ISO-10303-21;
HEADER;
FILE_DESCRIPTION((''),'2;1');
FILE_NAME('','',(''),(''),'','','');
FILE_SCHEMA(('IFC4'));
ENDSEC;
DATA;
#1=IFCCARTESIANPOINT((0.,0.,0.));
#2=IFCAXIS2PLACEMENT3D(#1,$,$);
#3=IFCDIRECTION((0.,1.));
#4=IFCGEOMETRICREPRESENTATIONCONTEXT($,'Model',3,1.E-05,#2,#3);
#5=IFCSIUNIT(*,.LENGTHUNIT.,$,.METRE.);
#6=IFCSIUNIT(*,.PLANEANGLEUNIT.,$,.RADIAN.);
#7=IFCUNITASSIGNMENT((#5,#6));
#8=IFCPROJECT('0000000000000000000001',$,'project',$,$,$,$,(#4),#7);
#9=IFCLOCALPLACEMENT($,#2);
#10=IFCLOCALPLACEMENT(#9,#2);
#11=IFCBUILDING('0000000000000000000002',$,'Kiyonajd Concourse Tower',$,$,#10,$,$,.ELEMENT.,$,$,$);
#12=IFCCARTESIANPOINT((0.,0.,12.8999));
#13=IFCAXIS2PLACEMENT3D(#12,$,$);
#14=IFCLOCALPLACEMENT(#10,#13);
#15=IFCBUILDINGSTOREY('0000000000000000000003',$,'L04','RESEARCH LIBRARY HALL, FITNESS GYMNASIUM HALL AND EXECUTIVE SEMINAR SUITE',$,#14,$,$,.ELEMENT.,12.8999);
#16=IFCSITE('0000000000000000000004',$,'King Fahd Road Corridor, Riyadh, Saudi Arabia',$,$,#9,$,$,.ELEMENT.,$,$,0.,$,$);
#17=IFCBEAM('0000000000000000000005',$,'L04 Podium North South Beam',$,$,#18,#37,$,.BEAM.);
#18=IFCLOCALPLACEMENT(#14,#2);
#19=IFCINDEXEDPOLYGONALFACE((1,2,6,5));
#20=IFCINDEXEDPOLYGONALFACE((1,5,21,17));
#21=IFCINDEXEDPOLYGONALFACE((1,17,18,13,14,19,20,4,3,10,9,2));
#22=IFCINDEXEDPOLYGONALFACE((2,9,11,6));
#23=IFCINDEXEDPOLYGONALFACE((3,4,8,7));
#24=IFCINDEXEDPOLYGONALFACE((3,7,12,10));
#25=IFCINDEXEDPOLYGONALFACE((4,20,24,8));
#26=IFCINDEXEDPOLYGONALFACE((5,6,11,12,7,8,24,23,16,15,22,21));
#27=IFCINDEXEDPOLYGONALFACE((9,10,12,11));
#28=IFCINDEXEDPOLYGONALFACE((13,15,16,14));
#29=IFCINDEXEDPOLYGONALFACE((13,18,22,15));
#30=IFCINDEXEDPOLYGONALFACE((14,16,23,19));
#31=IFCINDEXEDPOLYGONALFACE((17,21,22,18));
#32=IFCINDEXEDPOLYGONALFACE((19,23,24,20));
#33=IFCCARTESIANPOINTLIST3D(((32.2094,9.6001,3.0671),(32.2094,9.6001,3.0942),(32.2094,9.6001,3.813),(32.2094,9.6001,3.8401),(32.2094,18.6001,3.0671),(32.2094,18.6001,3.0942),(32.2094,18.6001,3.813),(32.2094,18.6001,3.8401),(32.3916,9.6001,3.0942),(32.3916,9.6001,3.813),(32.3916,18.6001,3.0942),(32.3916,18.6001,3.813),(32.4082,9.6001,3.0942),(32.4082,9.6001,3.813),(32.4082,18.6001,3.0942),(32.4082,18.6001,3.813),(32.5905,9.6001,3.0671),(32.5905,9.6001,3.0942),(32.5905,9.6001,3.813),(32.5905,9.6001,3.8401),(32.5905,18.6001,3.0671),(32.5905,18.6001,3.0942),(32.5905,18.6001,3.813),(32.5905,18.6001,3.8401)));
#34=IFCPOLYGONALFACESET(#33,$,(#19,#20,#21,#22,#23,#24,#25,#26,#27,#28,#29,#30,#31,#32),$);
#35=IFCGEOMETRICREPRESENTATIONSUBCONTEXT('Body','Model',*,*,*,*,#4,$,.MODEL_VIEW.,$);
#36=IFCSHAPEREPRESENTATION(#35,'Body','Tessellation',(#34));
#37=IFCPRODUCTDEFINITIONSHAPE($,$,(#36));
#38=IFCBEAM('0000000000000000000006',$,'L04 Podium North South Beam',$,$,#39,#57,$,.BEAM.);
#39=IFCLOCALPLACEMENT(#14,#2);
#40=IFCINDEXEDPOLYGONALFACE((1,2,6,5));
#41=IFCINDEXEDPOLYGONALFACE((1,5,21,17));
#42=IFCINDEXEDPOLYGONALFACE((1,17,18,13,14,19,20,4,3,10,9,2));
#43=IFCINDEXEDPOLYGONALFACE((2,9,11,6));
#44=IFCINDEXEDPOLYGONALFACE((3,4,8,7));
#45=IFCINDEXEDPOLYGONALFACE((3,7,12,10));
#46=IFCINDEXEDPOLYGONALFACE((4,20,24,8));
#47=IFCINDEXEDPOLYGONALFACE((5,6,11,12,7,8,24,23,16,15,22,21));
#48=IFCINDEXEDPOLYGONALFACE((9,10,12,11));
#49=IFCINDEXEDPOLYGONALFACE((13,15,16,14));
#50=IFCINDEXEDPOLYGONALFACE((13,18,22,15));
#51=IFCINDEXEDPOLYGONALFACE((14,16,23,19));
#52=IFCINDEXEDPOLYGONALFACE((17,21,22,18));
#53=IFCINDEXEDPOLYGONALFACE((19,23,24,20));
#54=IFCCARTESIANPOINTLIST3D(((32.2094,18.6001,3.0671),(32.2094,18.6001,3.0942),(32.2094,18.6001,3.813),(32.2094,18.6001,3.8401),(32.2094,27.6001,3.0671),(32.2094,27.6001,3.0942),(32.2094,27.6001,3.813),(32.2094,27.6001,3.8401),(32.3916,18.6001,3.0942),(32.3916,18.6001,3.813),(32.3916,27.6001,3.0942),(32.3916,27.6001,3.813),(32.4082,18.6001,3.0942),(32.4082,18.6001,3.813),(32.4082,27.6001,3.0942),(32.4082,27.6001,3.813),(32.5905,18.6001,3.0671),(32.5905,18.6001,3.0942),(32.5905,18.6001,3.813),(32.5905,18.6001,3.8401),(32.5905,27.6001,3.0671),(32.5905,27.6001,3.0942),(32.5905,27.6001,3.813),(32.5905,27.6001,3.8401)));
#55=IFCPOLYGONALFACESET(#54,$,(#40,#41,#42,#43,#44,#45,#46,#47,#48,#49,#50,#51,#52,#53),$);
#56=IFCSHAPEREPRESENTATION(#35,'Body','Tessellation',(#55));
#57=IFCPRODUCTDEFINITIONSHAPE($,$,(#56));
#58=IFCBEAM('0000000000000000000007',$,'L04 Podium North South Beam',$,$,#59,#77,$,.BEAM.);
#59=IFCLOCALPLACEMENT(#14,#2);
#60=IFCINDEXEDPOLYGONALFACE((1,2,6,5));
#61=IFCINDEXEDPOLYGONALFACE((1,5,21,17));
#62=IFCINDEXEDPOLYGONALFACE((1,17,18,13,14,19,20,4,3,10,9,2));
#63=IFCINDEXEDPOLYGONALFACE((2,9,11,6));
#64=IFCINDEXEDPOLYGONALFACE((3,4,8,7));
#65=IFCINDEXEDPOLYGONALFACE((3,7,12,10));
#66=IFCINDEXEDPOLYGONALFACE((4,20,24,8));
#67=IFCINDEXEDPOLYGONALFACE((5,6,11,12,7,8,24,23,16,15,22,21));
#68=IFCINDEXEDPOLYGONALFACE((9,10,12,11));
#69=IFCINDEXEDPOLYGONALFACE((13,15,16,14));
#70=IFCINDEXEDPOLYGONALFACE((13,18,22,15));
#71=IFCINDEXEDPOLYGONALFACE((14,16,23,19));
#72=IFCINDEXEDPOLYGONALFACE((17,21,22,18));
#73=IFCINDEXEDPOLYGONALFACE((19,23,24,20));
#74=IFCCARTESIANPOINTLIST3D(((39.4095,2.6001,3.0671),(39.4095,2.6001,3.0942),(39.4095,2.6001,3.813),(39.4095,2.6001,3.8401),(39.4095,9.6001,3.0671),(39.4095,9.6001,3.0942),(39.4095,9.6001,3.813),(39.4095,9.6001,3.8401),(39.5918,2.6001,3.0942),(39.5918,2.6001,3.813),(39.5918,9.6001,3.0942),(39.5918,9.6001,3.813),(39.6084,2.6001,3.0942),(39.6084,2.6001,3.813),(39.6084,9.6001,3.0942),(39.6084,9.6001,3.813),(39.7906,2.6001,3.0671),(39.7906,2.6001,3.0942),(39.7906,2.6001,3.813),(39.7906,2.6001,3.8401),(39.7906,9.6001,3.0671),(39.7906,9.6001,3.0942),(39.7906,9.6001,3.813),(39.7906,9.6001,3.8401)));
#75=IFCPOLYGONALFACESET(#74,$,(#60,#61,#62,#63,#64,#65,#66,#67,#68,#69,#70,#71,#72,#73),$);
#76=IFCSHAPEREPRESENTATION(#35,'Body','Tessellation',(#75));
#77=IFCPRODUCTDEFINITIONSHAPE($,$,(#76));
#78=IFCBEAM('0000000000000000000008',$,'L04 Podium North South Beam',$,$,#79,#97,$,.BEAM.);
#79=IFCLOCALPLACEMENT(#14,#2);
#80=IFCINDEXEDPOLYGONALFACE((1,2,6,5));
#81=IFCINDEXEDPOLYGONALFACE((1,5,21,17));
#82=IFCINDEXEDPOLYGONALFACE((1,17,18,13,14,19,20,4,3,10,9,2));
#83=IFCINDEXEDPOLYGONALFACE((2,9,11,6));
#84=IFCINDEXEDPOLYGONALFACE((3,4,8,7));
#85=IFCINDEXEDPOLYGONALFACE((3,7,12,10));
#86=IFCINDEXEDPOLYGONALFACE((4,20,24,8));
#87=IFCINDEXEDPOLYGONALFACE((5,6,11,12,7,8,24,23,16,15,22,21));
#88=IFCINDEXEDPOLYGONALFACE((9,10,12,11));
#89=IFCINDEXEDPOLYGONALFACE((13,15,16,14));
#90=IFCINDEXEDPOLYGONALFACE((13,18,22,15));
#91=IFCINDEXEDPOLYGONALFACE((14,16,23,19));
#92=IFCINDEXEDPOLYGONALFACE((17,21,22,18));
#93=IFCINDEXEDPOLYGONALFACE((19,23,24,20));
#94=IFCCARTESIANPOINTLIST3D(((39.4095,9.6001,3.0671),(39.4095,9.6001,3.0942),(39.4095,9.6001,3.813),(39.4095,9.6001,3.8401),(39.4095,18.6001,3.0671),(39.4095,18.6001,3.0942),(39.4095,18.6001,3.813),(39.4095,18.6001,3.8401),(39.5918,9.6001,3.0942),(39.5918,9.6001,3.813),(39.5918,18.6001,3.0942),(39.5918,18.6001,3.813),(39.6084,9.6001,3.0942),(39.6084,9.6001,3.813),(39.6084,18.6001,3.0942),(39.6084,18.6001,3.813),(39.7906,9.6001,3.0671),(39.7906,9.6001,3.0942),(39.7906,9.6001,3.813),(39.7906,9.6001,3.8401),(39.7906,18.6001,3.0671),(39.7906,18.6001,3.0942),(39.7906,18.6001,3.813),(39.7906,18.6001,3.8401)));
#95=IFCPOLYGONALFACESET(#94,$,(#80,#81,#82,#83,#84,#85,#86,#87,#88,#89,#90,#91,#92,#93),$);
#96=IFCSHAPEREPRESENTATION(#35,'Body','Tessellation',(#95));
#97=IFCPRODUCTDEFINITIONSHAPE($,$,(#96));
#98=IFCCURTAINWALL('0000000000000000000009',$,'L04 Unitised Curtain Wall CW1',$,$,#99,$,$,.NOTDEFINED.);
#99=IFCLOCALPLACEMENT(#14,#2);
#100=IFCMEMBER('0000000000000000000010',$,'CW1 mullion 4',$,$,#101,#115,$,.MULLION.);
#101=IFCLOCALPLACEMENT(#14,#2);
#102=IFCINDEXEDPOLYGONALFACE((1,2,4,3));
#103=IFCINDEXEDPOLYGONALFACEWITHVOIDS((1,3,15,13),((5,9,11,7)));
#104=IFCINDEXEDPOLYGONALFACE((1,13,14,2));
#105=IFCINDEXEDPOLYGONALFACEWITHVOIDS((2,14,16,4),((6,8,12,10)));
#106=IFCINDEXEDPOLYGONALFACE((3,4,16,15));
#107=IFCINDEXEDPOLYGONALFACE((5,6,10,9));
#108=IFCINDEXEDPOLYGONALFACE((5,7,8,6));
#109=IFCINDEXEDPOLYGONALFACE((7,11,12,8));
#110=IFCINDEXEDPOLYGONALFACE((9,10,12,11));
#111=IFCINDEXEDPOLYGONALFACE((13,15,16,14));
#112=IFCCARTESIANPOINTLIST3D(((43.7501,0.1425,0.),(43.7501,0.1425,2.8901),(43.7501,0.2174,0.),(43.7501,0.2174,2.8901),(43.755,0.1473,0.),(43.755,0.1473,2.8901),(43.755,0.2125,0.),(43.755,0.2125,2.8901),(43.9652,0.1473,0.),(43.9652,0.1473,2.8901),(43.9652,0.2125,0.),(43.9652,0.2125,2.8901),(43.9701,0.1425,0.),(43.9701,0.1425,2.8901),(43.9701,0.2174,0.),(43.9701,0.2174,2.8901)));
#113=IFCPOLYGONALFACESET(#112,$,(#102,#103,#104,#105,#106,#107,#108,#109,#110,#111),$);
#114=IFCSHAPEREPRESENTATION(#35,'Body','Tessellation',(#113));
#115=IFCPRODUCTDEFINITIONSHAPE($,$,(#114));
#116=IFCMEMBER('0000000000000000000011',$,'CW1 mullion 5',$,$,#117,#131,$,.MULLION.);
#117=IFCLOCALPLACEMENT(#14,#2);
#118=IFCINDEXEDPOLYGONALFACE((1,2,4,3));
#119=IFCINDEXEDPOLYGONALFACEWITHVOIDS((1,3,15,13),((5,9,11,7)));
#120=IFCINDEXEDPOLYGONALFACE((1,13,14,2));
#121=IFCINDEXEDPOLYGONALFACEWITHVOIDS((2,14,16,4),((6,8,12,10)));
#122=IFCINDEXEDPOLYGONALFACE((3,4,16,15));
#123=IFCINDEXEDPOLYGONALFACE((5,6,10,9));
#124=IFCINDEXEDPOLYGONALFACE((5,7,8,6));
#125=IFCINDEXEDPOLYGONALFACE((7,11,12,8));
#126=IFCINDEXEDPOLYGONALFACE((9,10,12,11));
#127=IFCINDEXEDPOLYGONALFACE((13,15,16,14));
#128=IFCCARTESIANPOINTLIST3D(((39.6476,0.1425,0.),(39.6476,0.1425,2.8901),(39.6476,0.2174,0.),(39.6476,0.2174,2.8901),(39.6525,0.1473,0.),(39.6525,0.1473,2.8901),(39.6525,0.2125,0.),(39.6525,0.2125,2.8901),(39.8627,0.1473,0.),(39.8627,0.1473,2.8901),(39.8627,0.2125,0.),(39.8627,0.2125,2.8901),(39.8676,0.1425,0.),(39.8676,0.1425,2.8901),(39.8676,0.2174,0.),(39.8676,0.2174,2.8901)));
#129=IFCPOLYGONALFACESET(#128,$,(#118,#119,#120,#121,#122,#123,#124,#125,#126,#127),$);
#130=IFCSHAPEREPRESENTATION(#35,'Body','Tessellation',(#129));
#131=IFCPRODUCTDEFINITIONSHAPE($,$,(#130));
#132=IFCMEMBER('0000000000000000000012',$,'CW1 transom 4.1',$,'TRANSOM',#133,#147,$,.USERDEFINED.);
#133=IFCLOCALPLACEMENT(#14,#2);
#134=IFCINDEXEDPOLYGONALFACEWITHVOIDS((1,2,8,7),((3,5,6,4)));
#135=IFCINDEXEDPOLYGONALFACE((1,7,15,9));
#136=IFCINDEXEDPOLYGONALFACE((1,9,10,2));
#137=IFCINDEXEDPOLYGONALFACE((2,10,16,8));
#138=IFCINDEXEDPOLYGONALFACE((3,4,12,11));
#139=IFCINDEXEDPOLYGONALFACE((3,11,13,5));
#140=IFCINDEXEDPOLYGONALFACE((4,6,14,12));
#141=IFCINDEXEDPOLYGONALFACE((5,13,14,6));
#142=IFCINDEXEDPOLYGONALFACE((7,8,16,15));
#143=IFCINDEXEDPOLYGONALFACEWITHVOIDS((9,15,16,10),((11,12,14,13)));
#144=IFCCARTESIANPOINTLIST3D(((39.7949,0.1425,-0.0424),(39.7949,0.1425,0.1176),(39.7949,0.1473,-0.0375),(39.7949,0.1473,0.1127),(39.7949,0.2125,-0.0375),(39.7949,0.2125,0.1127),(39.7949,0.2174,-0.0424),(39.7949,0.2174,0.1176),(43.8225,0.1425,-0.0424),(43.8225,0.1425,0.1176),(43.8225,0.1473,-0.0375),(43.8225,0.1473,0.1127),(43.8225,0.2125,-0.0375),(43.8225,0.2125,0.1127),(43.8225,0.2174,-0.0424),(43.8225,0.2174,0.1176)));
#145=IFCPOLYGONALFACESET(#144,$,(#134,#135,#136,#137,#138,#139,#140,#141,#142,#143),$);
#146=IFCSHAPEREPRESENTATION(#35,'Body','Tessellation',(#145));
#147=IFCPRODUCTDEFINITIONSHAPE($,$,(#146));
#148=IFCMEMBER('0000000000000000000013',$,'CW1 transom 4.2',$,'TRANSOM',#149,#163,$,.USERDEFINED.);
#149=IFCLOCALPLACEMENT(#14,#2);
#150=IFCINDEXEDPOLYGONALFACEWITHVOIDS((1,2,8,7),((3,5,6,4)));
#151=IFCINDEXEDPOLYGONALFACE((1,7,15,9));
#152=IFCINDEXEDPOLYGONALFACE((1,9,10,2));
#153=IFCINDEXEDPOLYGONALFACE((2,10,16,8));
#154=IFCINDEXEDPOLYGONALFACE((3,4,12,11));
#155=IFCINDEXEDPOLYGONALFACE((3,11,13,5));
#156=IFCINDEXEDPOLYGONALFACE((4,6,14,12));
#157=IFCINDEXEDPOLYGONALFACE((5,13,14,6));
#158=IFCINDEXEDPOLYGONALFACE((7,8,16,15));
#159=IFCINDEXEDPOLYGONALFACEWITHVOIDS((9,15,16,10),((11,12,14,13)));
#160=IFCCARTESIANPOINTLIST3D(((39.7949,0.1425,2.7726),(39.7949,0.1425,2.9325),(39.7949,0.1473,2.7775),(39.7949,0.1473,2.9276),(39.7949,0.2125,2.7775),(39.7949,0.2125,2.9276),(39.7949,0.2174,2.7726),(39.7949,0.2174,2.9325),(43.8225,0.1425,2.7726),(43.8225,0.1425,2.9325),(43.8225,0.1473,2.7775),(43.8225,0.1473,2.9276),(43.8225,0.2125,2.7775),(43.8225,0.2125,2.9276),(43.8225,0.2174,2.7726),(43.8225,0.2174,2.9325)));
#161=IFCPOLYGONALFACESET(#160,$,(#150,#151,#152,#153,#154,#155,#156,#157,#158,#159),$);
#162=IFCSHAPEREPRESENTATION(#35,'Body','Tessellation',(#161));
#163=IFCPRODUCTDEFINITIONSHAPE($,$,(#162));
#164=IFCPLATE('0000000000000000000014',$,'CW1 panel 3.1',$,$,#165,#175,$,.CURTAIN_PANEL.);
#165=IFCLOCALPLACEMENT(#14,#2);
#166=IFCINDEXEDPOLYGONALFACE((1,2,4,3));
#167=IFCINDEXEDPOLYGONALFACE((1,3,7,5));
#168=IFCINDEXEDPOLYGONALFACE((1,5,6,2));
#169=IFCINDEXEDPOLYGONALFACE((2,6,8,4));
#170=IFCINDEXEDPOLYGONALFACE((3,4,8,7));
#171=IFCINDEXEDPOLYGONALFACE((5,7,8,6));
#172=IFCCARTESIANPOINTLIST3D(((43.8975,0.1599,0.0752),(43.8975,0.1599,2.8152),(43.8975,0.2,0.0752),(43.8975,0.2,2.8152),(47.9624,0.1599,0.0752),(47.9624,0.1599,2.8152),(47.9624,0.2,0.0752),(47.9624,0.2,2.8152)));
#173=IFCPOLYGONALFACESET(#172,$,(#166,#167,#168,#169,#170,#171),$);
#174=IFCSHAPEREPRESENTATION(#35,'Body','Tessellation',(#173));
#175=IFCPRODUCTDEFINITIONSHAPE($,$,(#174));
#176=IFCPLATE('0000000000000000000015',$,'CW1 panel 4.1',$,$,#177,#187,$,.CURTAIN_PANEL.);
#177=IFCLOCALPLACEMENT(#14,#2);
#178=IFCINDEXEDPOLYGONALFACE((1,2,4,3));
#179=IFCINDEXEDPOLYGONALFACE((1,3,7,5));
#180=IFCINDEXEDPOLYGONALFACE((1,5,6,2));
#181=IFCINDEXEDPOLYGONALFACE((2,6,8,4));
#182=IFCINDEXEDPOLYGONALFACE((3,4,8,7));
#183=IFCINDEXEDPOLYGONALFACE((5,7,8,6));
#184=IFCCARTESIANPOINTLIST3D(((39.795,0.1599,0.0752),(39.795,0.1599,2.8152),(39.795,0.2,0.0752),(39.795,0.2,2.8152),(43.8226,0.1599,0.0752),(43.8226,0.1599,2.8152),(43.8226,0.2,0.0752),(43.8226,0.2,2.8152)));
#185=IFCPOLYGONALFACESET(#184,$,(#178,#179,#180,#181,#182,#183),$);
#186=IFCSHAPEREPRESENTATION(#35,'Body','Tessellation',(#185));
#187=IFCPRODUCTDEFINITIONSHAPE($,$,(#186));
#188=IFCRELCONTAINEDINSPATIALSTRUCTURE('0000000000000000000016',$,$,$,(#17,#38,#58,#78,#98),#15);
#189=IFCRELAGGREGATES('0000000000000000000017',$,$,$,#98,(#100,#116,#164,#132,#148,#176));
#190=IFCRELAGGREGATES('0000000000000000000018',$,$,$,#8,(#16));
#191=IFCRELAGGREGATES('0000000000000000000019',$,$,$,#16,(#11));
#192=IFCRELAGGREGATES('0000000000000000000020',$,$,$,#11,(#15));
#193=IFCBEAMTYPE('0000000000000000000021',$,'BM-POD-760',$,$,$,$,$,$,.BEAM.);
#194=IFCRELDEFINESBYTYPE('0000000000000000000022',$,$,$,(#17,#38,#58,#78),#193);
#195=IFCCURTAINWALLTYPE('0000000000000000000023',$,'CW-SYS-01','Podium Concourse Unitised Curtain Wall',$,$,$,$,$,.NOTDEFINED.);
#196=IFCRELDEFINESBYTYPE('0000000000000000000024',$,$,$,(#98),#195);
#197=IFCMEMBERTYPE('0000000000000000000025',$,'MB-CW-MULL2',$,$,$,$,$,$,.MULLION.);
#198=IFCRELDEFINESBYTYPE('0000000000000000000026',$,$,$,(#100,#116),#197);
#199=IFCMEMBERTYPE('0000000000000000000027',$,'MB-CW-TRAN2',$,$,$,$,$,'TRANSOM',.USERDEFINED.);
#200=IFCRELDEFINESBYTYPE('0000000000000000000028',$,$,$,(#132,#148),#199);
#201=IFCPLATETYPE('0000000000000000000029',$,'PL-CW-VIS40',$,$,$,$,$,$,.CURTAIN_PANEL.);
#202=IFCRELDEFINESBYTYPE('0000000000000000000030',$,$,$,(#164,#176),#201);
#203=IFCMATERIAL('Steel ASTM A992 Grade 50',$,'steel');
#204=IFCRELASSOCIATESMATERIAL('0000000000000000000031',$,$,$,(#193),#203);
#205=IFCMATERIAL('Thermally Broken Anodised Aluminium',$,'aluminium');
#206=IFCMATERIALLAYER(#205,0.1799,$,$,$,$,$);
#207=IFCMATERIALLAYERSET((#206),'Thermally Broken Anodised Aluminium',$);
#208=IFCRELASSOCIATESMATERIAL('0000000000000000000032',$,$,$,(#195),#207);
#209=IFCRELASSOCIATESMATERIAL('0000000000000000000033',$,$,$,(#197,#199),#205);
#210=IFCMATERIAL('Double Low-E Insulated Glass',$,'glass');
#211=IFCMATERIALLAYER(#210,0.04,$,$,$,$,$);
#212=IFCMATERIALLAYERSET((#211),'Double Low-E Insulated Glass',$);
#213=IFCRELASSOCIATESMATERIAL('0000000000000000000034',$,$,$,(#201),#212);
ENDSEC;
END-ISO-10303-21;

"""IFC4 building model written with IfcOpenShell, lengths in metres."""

from ifc_helpers import new_model, si_unit, direction, frame, origin, origin_2d, place, context, subcontext, project, spatial, rectangle, hollow_rectangle, i_section, extrude, material, layer, layer_set, material_profile, profile_set, type_object, element, aggregate, save


model = new_model("IFC4")

# Units and contexts
model_context = context("Model", 3, precision=1e-05, world=origin(), true_north=direction((0.0, 1.0)))
body_context = subcontext(model_context, "Body", "Model", "MODEL_VIEW")
ifc_project = project(units=[si_unit("LENGTHUNIT", "METRE"), si_unit("PLANEANGLEUNIT", "RADIAN")], contexts=[model_context])

# Site, building, storey
site_placement = place(None, origin())
site = spatial("IfcSite", under=ifc_project, at=site_placement, Name="King Fahd Road Corridor, Riyadh, Saudi Arabia", CompositionType="ELEMENT", RefElevation=0.0)
building_placement = place(site_placement, origin())
building = spatial("IfcBuilding", under=site, at=building_placement, Name="Kiyonajd Concourse Tower", CompositionType="ELEMENT")
storey_placement = place(building_placement, frame((0.0, 0.0, 12.8999)))
storey = spatial("IfcBuildingStorey", under=building, at=storey_placement, Name="L04", Description="RESEARCH LIBRARY HALL, FITNESS GYMNASIUM HALL AND EXECUTIVE SEMINAR SUITE", CompositionType="ELEMENT", Elevation=12.8999)

# Beams
ifc_material_1 = material(Name="Steel ASTM A992 Grade 50", Category="steel")
ifc_material_profile_1 = material_profile(ifc_material_1, i_section(OverallWidth=0.3811, OverallDepth=0.7729, WebThickness=0.0166, FlangeThickness=0.0271, at=origin_2d()), Name="W760X257")
ifc_profile_set_1 = profile_set([ifc_material_profile_1], Name="Steel ASTM A992 Grade 50")
beam_type_1 = type_object("IfcBeamType", Name="BM-POD-760", PredefinedType="BEAM", material=ifc_profile_set_1)
for number, where, z_axis, x_axis, name in (
    (1, (32.3999, 9.6001, 3.4536), (0.0, 1.0, 0.0), (-1.0, 0.0, 0.0), "L04 Podium North South Beam"),
    (2, (32.3999, 18.6001, 3.4536), (0.0, 1.0, 0.0), (-1.0, 0.0, 0.0), "L04 Podium North South Beam"),
):
    element("IfcBeam", number, at=place(storey_placement, frame(where, z_axis=z_axis, x_axis=x_axis)), inside=storey, type_object=beam_type_1, Name=name, PredefinedType="BEAM", context=body_context, shape_type="SweptSolid", body=[
        extrude(i_section(OverallWidth=0.3811, OverallDepth=0.7729, WebThickness=0.0166, FlangeThickness=0.0271, at=origin_2d()), origin(), (0.0, 0.0, 1.0), 9.0),
    ])
beam_1_placement = place(storey_placement, frame((39.6001, 2.6001, 3.4536), z_axis=(0.0, 1.0, 0.0), x_axis=(-1.0, 0.0, 0.0)))
element("IfcBeam", 3, at=beam_1_placement, inside=storey, type_object=beam_type_1, Name="L04 Podium North South Beam", PredefinedType="BEAM", context=body_context, shape_type="SweptSolid", body=[
    extrude(i_section(OverallWidth=0.3811, OverallDepth=0.7729, WebThickness=0.0166, FlangeThickness=0.0271, at=origin_2d()), origin(), (0.0, 0.0, 1.0), 7.0),
])
beam_2_placement = place(storey_placement, frame((39.6001, 9.6001, 3.4536), z_axis=(0.0, 1.0, 0.0), x_axis=(-1.0, 0.0, 0.0)))
element("IfcBeam", 4, at=beam_2_placement, inside=storey, type_object=beam_type_1, Name="L04 Podium North South Beam", PredefinedType="BEAM", context=body_context, shape_type="SweptSolid", body=[
    extrude(i_section(OverallWidth=0.3811, OverallDepth=0.7729, WebThickness=0.0166, FlangeThickness=0.0271, at=origin_2d()), origin(), (0.0, 0.0, 1.0), 9.0),
])

# Curtain wall, members, plates
ifc_material_2 = material(Name="Thermally Broken Anodised Aluminium", Category="aluminium")
ifc_layer_1 = layer(ifc_material_2, 0.1799)
ifc_layer_set_1 = layer_set([ifc_layer_1], Name="Thermally Broken Anodised Aluminium")
curtain_wall_type = type_object("IfcCurtainWallType", Name="CW-SYS-01", Description="Podium Concourse Unitised Curtain Wall", PredefinedType="NOTDEFINED", material=ifc_layer_set_1)
curtain_wall_placement = place(storey_placement, origin())
curtain_wall = element("IfcCurtainWall", 5, at=curtain_wall_placement, inside=storey, type_object=curtain_wall_type, Name="L04 Unitised Curtain Wall CW1", PredefinedType="NOTDEFINED")
ifc_material_profile_2 = material_profile(ifc_material_2, hollow_rectangle(XDim=0.075, YDim=0.22, WallThickness=0.0049, at=origin_2d()), Name="MULL-75x220")
ifc_profile_set_2 = profile_set([ifc_material_profile_2], Name="Thermally Broken Anodised Aluminium")
member_type_1 = type_object("IfcMemberType", Name="MB-CW-MULL2", PredefinedType="MULLION", material=ifc_profile_set_2)
member_1_placement = place(storey_placement, frame((43.8601, 0.1799, 0.0), z_axis=(0.0, 0.0, 1.0), x_axis=(0.0, -1.0, 0.0)))
member_1 = element("IfcMember", 6, at=member_1_placement, type_object=member_type_1, Name="CW1 mullion 4", PredefinedType="MULLION", context=body_context, shape_type="SweptSolid", body=[
    extrude(hollow_rectangle(XDim=0.075, YDim=0.22, WallThickness=0.0049, at=origin_2d()), origin(), (0.0, 0.0, 1.0), 2.8901),
])
member_2_placement = place(storey_placement, frame((39.7576, 0.1799, 0.0), z_axis=(0.0, 0.0, 1.0), x_axis=(0.0, -1.0, 0.0)))
member_2 = element("IfcMember", 7, at=member_2_placement, type_object=member_type_1, Name="CW1 mullion 5", PredefinedType="MULLION", context=body_context, shape_type="SweptSolid", body=[
    extrude(hollow_rectangle(XDim=0.075, YDim=0.22, WallThickness=0.0049, at=origin_2d()), origin(), (0.0, 0.0, 1.0), 2.8901),
])
ifc_material_profile_3 = material_profile(ifc_material_2, hollow_rectangle(XDim=0.075, YDim=0.1599, WallThickness=0.0049, at=origin_2d()), Name="TRAN-75x160")
ifc_profile_set_3 = profile_set([ifc_material_profile_3], Name="Thermally Broken Anodised Aluminium")
member_type_2 = type_object("IfcMemberType", Name="MB-CW-TRAN2", ElementType="TRANSOM", PredefinedType="USERDEFINED", material=ifc_profile_set_3)
member_3_placement = place(storey_placement, frame((43.8225, 0.1799, 0.0376), z_axis=(-1.0, 0.0, 0.0), x_axis=(0.0, -1.0, 0.0)))
member_3 = element("IfcMember", 8, at=member_3_placement, type_object=member_type_2, Name="CW1 transom 4.1", ObjectType="TRANSOM", PredefinedType="USERDEFINED", context=body_context, shape_type="SweptSolid", body=[
    extrude(hollow_rectangle(XDim=0.075, YDim=0.1599, WallThickness=0.0049, at=origin_2d()), origin(), (0.0, 0.0, 1.0), 4.0276),
])
member_4_placement = place(storey_placement, frame((43.8225, 0.1799, 2.8525), z_axis=(-1.0, 0.0, 0.0), x_axis=(0.0, -1.0, 0.0)))
member_4 = element("IfcMember", 9, at=member_4_placement, type_object=member_type_2, Name="CW1 transom 4.2", ObjectType="TRANSOM", PredefinedType="USERDEFINED", context=body_context, shape_type="SweptSolid", body=[
    extrude(hollow_rectangle(XDim=0.075, YDim=0.1599, WallThickness=0.0049, at=origin_2d()), origin(), (0.0, 0.0, 1.0), 4.0276),
])
ifc_material_3 = material(Name="Double Low-E Insulated Glass", Category="glass")
ifc_layer_2 = layer(ifc_material_3, 0.04)
ifc_layer_set_2 = layer_set([ifc_layer_2], Name="Double Low-E Insulated Glass")
plate_type = type_object("IfcPlateType", Name="PL-CW-VIS40", PredefinedType="CURTAIN_PANEL", material=ifc_layer_set_2)
plate_1_placement = place(storey_placement, frame((45.9299, 0.1799, 0.0752), z_axis=(0.0, 0.0, 1.0), x_axis=(-1.0, 0.0, 0.0)))
plate_1 = element("IfcPlate", 10, at=plate_1_placement, type_object=plate_type, Name="CW1 panel 3.1", PredefinedType="CURTAIN_PANEL", context=body_context, shape_type="SweptSolid", body=[
    extrude(rectangle(XDim=4.0649, YDim=0.04, at=origin_2d()), origin(), (0.0, 0.0, 1.0), 2.74),
])
plate_2_placement = place(storey_placement, frame((41.8088, 0.1799, 0.0752), z_axis=(0.0, 0.0, 1.0), x_axis=(-1.0, 0.0, 0.0)))
plate_2 = element("IfcPlate", 11, at=plate_2_placement, type_object=plate_type, Name="CW1 panel 4.1", PredefinedType="CURTAIN_PANEL", context=body_context, shape_type="SweptSolid", body=[
    extrude(rectangle(XDim=4.0276, YDim=0.04, at=origin_2d()), origin(), (0.0, 0.0, 1.0), 2.74),
])
aggregate(curtain_wall, [member_1, member_2, plate_1, member_3, member_4, plate_2])

save(model, "model.ifc")
